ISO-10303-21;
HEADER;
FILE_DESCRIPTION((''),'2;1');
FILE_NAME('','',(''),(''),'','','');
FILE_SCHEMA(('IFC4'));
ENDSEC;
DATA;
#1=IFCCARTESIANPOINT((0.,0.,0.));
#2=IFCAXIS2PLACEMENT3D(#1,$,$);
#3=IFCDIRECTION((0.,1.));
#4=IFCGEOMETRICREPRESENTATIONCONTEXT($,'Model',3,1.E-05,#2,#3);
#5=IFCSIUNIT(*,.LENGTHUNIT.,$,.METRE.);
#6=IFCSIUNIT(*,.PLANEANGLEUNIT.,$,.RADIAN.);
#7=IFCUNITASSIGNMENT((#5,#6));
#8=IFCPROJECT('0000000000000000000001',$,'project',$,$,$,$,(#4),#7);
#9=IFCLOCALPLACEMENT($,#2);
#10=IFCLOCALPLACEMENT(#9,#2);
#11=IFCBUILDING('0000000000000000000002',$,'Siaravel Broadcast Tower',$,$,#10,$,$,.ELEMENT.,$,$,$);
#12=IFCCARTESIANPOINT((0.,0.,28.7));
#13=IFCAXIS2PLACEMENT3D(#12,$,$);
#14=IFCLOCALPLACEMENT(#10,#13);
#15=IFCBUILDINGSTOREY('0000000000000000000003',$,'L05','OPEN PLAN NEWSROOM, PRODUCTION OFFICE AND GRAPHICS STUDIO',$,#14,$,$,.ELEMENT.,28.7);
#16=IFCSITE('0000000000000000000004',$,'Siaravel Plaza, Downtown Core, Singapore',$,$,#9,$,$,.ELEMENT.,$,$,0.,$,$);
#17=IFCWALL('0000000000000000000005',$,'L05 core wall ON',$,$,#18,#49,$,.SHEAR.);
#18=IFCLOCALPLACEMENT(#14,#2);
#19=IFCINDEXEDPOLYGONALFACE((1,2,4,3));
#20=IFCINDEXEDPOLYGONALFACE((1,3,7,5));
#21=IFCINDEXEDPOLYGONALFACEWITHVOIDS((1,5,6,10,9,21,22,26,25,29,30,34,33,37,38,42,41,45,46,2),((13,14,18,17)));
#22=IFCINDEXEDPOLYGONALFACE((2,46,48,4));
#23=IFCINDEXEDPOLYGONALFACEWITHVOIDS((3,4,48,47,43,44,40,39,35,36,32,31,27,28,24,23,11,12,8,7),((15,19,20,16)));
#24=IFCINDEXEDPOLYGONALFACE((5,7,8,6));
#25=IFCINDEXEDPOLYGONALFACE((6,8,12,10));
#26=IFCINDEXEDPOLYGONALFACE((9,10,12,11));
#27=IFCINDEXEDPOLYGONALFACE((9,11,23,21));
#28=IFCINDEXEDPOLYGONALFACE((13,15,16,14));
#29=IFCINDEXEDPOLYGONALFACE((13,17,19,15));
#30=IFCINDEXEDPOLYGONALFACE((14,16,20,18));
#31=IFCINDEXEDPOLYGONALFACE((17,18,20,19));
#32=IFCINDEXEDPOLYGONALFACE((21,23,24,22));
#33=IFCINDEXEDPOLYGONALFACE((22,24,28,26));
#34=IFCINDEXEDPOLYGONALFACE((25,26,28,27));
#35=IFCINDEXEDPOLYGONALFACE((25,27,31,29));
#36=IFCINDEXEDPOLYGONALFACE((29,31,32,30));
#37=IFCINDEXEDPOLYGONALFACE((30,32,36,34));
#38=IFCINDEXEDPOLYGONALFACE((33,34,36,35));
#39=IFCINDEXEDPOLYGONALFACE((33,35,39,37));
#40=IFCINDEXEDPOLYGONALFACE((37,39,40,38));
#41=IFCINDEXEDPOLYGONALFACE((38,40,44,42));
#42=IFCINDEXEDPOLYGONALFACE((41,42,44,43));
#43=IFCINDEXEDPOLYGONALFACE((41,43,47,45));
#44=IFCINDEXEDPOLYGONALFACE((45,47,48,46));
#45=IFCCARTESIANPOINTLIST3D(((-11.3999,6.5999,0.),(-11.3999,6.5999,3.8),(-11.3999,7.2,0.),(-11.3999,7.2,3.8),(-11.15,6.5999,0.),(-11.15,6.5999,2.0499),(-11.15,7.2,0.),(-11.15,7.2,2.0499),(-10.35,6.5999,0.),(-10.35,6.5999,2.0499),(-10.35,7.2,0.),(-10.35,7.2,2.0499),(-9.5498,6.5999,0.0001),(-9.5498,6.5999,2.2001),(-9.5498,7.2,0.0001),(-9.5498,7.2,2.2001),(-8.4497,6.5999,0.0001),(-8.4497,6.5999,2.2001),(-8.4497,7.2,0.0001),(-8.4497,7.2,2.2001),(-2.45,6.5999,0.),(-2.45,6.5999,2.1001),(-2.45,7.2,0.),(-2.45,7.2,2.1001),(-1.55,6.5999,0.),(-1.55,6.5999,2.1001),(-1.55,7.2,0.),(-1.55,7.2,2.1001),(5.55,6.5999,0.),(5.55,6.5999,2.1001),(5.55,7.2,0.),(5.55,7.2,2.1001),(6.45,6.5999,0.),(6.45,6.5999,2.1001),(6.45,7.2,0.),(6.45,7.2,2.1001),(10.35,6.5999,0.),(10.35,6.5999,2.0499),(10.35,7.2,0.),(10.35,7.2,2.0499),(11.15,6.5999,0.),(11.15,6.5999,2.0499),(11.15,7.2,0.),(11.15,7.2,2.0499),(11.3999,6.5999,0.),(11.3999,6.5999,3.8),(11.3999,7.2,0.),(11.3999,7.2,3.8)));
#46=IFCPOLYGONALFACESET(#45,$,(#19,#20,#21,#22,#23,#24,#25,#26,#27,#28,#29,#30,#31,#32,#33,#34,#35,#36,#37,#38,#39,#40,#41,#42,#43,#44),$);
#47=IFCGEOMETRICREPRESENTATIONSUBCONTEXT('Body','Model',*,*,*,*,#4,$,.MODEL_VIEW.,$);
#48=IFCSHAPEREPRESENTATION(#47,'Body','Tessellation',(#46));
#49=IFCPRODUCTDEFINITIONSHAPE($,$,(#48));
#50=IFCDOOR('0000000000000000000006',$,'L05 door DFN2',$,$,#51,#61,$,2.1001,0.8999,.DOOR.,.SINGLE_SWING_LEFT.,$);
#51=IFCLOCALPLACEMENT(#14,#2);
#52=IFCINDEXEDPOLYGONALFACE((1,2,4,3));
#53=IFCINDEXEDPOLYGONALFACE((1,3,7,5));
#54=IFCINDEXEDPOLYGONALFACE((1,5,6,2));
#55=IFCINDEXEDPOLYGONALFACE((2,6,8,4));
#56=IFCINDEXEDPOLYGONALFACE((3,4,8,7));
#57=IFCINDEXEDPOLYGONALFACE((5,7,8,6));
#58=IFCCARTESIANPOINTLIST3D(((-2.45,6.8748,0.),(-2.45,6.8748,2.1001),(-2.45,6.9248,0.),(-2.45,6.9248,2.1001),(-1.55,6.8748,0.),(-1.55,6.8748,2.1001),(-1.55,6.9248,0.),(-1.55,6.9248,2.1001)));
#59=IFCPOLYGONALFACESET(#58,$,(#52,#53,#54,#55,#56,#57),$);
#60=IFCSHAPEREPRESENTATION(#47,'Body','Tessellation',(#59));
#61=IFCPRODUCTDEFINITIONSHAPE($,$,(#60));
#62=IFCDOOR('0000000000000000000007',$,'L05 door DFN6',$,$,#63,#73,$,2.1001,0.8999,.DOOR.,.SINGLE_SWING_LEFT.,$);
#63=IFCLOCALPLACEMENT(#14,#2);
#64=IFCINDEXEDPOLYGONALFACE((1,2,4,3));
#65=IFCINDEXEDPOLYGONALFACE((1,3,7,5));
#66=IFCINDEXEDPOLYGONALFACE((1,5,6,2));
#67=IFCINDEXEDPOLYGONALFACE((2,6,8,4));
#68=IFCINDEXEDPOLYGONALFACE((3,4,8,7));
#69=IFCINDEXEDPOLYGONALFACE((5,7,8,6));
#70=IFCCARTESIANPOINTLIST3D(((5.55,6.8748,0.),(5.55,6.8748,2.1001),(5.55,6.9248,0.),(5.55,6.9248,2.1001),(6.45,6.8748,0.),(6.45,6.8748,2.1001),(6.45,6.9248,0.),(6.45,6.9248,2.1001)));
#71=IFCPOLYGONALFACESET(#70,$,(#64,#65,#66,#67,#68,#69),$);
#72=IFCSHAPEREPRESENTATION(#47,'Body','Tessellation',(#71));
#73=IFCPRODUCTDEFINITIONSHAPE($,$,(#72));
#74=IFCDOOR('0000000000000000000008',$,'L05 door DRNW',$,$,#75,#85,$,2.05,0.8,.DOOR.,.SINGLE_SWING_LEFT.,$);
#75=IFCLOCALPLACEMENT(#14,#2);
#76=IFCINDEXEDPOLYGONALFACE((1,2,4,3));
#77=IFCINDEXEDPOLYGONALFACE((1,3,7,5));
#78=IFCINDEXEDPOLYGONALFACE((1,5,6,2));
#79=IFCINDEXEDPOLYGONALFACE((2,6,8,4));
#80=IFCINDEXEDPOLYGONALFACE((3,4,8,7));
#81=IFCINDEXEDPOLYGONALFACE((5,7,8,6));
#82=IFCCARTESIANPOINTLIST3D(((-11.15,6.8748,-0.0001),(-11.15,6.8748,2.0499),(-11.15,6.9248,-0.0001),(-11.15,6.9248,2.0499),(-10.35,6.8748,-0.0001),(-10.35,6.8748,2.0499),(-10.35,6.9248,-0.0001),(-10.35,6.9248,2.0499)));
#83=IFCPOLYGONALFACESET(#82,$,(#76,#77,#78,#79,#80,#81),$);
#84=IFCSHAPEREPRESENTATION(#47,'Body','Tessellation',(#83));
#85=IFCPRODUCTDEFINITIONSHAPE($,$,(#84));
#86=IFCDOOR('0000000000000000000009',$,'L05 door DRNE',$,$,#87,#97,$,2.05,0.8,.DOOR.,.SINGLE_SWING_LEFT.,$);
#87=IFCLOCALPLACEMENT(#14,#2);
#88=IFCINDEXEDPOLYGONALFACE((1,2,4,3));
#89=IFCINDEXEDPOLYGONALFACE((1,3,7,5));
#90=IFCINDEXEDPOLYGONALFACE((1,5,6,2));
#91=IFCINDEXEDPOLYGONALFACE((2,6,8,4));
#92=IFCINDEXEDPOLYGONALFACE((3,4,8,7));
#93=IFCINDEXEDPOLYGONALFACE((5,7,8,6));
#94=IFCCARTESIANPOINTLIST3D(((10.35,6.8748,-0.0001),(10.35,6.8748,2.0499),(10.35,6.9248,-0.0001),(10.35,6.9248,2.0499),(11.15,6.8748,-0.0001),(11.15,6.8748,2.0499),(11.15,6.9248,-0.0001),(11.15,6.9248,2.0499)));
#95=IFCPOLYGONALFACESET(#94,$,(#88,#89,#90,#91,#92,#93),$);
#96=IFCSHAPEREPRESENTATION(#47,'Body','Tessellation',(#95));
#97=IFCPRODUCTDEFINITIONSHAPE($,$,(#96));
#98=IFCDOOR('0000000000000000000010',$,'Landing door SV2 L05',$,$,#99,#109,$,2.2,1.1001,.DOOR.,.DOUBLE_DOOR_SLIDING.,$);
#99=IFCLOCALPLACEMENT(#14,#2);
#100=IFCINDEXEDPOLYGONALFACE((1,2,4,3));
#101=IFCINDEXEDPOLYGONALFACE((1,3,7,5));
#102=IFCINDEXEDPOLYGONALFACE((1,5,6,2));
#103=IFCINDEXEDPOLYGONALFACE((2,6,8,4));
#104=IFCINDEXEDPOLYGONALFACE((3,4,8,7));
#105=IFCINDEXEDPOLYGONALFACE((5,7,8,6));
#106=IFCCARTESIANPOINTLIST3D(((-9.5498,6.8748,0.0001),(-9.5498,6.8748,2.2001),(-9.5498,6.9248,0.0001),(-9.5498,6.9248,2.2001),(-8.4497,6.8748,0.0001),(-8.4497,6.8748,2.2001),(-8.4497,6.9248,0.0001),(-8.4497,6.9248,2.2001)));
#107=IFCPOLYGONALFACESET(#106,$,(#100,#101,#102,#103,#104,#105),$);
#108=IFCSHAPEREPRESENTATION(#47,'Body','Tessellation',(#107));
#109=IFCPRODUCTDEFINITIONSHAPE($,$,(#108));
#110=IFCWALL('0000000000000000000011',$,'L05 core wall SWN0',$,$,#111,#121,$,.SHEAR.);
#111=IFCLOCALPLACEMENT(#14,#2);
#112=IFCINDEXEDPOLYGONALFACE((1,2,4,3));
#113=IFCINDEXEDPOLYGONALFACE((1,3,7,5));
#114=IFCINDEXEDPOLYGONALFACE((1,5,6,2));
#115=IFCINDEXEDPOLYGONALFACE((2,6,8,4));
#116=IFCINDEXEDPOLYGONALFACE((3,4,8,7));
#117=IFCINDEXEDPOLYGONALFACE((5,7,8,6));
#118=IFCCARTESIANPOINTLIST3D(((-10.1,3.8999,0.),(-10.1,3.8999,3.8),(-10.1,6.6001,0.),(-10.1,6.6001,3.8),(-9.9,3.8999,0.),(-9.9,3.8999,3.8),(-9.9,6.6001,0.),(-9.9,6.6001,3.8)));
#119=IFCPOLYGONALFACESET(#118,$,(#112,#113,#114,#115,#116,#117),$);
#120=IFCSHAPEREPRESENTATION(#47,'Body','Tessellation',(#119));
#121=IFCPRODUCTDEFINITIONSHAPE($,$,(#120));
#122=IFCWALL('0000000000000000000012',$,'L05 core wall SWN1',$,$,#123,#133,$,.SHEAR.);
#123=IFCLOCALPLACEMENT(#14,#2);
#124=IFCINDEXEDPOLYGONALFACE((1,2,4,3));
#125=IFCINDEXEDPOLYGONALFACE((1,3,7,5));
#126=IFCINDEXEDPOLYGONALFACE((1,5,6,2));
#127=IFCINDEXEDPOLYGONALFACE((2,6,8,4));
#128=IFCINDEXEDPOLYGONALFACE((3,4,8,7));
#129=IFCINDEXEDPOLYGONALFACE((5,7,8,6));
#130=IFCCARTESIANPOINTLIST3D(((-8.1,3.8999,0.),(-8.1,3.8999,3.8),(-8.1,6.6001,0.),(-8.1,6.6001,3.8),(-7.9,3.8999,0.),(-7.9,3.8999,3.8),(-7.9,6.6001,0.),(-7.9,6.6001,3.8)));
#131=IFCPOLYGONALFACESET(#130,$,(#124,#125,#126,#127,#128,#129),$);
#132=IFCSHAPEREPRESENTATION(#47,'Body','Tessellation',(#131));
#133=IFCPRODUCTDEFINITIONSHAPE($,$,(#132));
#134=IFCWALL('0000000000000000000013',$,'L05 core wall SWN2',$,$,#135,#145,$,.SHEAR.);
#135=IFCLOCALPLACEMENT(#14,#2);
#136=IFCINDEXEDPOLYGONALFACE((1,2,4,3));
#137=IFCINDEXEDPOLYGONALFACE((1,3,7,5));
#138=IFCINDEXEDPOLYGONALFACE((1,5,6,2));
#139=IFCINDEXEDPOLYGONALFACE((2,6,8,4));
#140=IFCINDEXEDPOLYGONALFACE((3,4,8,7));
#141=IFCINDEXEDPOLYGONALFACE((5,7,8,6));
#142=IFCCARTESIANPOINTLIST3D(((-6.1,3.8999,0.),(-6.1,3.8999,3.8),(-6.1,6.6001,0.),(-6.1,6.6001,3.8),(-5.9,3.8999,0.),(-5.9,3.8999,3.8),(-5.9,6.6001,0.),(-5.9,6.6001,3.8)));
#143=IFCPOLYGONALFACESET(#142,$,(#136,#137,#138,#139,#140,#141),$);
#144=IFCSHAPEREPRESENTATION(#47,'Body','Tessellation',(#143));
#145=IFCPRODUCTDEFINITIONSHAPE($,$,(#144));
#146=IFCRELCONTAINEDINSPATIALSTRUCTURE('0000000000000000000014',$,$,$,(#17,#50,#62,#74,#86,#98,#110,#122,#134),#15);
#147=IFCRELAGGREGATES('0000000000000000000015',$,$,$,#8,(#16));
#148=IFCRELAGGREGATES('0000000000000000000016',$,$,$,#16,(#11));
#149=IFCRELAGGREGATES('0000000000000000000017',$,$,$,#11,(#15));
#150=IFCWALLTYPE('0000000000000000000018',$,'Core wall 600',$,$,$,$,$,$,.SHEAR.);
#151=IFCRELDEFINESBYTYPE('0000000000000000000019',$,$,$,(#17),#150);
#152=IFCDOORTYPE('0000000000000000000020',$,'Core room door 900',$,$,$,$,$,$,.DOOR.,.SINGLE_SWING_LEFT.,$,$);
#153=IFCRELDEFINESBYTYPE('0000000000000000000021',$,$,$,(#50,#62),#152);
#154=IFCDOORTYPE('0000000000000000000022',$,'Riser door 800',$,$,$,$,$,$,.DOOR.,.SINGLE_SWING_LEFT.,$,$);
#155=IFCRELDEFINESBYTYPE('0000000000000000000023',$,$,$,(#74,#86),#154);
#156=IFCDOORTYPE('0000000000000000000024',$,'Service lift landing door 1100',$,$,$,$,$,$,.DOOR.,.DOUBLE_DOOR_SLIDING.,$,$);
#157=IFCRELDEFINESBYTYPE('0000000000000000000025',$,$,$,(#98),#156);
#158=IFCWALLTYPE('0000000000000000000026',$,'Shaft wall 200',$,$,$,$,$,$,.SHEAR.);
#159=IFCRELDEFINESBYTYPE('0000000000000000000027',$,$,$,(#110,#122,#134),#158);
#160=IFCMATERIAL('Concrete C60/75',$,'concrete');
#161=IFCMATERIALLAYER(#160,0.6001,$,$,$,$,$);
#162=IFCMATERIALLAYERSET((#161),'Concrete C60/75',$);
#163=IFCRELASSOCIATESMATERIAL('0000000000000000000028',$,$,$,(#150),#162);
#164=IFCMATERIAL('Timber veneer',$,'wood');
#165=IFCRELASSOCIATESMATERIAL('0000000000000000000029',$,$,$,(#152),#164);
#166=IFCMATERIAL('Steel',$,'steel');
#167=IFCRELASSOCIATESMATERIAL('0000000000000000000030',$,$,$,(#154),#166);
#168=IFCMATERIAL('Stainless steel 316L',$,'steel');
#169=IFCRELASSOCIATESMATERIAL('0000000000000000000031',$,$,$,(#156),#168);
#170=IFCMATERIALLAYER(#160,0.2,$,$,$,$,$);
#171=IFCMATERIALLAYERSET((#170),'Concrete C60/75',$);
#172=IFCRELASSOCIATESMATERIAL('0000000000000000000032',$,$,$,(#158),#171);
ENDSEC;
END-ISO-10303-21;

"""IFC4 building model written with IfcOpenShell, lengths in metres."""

from ifc_helpers import new_model, si_unit, direction, frame, frame_2d, origin, place, context, subcontext, project, spatial, rectangle, extrude, material, layer, layer_set, type_object, element, fill, save


model = new_model("IFC4")

# Units and contexts
model_context = context("Model", 3, precision=1e-05, world=origin(), true_north=direction((0.0, 1.0)))
body_context = subcontext(model_context, "Body", "Model", "MODEL_VIEW")
ifc_project = project(units=[si_unit("LENGTHUNIT", "METRE"), si_unit("PLANEANGLEUNIT", "RADIAN")], contexts=[model_context])

# Site, building, storey
site_placement = place(None, origin())
site = spatial("IfcSite", under=ifc_project, at=site_placement, Name="Siaravel Plaza, Downtown Core, Singapore", CompositionType="ELEMENT", RefElevation=0.0)
building_placement = place(site_placement, origin())
building = spatial("IfcBuilding", under=site, at=building_placement, Name="Siaravel Broadcast Tower", CompositionType="ELEMENT")
storey_placement = place(building_placement, frame((0.0, 0.0, 28.7)))
storey = spatial("IfcBuildingStorey", under=building, at=storey_placement, Name="L05", Description="OPEN PLAN NEWSROOM, PRODUCTION OFFICE AND GRAPHICS STUDIO", CompositionType="ELEMENT", Elevation=28.7)

# Wall, openings, doors
ifc_material_1 = material(Name="Concrete C60/75", Category="concrete")
ifc_layer_1 = layer(ifc_material_1, 0.6001)
ifc_layer_set_1 = layer_set([ifc_layer_1], Name="Concrete C60/75")
wall_type_1 = type_object("IfcWallType", Name="Core wall 600", PredefinedType="SHEAR", material=ifc_layer_set_1)
wall_1_placement = place(storey_placement, frame((-11.3999, 6.8999, 0.0), z_axis=(0.0, 0.0, 1.0), x_axis=(1.0, 0.0, 0.0)))
wall_1 = element("IfcWall", 1, at=wall_1_placement, inside=storey, type_object=wall_type_1, Name="L05 core wall ON", PredefinedType="SHEAR", context=body_context, shape_type="SweptSolid", body=[
    extrude(rectangle(XDim=22.7998, YDim=0.6001, at=frame_2d((11.3999, 0.0))), origin(), (0.0, 0.0, 1.0), 3.8),
])
opening_1_placement = place(wall_1_placement, frame((1.8501, 0.0, 0.0)))
opening_1 = element("IfcOpeningElement", 2, at=opening_1_placement, cuts=wall_1, PredefinedType="OPENING", context=body_context, shape_type="SweptSolid", body=[
    extrude(rectangle(XDim=1.1001, YDim=2.2, at=frame_2d((0.55, 1.1001))), frame((0.0, 0.3101, 0.0), z_axis=(0.0, -1.0, 0.0), x_axis=(1.0, 0.0, 0.0)), (0.0, 0.0, 1.0), 0.6201),
])
opening_2_placement = place(wall_1_placement, frame((8.95, 0.0, 0.0)))
opening_2 = element("IfcOpeningElement", 3, at=opening_2_placement, cuts=wall_1, PredefinedType="OPENING", context=body_context, shape_type="SweptSolid", body=[
    extrude(rectangle(XDim=0.8999, YDim=2.1001, at=frame_2d((0.45, 1.05))), frame((0.0, 0.3101, 0.0), z_axis=(0.0, -1.0, 0.0), x_axis=(1.0, 0.0, 0.0)), (0.0, 0.0, 1.0), 0.6201),
])
opening_3_placement = place(wall_1_placement, frame((16.95, 0.0, 0.0)))
opening_3 = element("IfcOpeningElement", 4, at=opening_3_placement, cuts=wall_1, PredefinedType="OPENING", context=body_context, shape_type="SweptSolid", body=[
    extrude(rectangle(XDim=0.8999, YDim=2.1001, at=frame_2d((0.45, 1.05))), frame((0.0, 0.3101, 0.0), z_axis=(0.0, -1.0, 0.0), x_axis=(1.0, 0.0, 0.0)), (0.0, 0.0, 1.0), 0.6201),
])
opening_4_placement = place(wall_1_placement, frame((0.25, 0.0, 0.0)))
opening_4 = element("IfcOpeningElement", 5, at=opening_4_placement, cuts=wall_1, PredefinedType="OPENING", context=body_context, shape_type="SweptSolid", body=[
    extrude(rectangle(XDim=0.8, YDim=2.05, at=frame_2d((0.3999, 1.0249))), frame((0.0, 0.3101, 0.0), z_axis=(0.0, -1.0, 0.0), x_axis=(1.0, 0.0, 0.0)), (0.0, 0.0, 1.0), 0.6201),
])
opening_5_placement = place(wall_1_placement, frame((21.75, 0.0, 0.0)))
opening_5 = element("IfcOpeningElement", 6, at=opening_5_placement, cuts=wall_1, PredefinedType="OPENING", context=body_context, shape_type="SweptSolid", body=[
    extrude(rectangle(XDim=0.8, YDim=2.05, at=frame_2d((0.3999, 1.0249))), frame((0.0, 0.3101, 0.0), z_axis=(0.0, -1.0, 0.0), x_axis=(1.0, 0.0, 0.0)), (0.0, 0.0, 1.0), 0.6201),
])
ifc_material_2 = material(Name="Timber veneer", Category="wood")
door_type_1 = type_object("IfcDoorType", Name="Core room door 900", OperationType="SINGLE_SWING_LEFT", PredefinedType="DOOR", material=ifc_material_2)
door_1_placement = place(opening_2_placement, origin())
door_1 = element("IfcDoor", 7, at=door_1_placement, inside=storey, type_object=door_type_1, Name="L05 door DFN2", OperationType="SINGLE_SWING_LEFT", OverallHeight=2.1001, OverallWidth=0.8999, PredefinedType="DOOR", context=body_context, shape_type="SweptSolid", body=[
    extrude(rectangle(XDim=0.8999, YDim=2.1001, at=frame_2d((0.45, 1.05))), frame((0.0, 0.0249, 0.0), z_axis=(0.0, -1.0, 0.0), x_axis=(1.0, 0.0, 0.0)), (0.0, 0.0, 1.0), 0.05),
])
fill(opening_2, door_1)
door_2_placement = place(opening_3_placement, origin())
door_2 = element("IfcDoor", 8, at=door_2_placement, inside=storey, type_object=door_type_1, Name="L05 door DFN6", OperationType="SINGLE_SWING_LEFT", OverallHeight=2.1001, OverallWidth=0.8999, PredefinedType="DOOR", context=body_context, shape_type="SweptSolid", body=[
    extrude(rectangle(XDim=0.8999, YDim=2.1001, at=frame_2d((0.45, 1.05))), frame((0.0, 0.0249, 0.0), z_axis=(0.0, -1.0, 0.0), x_axis=(1.0, 0.0, 0.0)), (0.0, 0.0, 1.0), 0.05),
])
fill(opening_3, door_2)
ifc_material_3 = material(Name="Steel", Category="steel")
door_type_2 = type_object("IfcDoorType", Name="Riser door 800", OperationType="SINGLE_SWING_LEFT", PredefinedType="DOOR", material=ifc_material_3)
door_3_placement = place(opening_4_placement, origin())
door_3 = element("IfcDoor", 9, at=door_3_placement, inside=storey, type_object=door_type_2, Name="L05 door DRNW", OperationType="SINGLE_SWING_LEFT", OverallHeight=2.05, OverallWidth=0.8, PredefinedType="DOOR", context=body_context, shape_type="SweptSolid", body=[
    extrude(rectangle(XDim=0.8, YDim=2.05, at=frame_2d((0.3999, 1.0249))), frame((0.0, 0.0249, 0.0), z_axis=(0.0, -1.0, 0.0), x_axis=(1.0, 0.0, 0.0)), (0.0, 0.0, 1.0), 0.05),
])
fill(opening_4, door_3)
door_4_placement = place(opening_5_placement, origin())
door_4 = element("IfcDoor", 10, at=door_4_placement, inside=storey, type_object=door_type_2, Name="L05 door DRNE", OperationType="SINGLE_SWING_LEFT", OverallHeight=2.05, OverallWidth=0.8, PredefinedType="DOOR", context=body_context, shape_type="SweptSolid", body=[
    extrude(rectangle(XDim=0.8, YDim=2.05, at=frame_2d((0.3999, 1.0249))), frame((0.0, 0.0249, 0.0), z_axis=(0.0, -1.0, 0.0), x_axis=(1.0, 0.0, 0.0)), (0.0, 0.0, 1.0), 0.05),
])
fill(opening_5, door_4)
ifc_material_4 = material(Name="Stainless steel 316L", Category="steel")
door_type_3 = type_object("IfcDoorType", Name="Service lift landing door 1100", OperationType="DOUBLE_DOOR_SLIDING", PredefinedType="DOOR", material=ifc_material_4)
door_5_placement = place(opening_1_placement, origin())
door_5 = element("IfcDoor", 11, at=door_5_placement, inside=storey, type_object=door_type_3, Name="Landing door SV2 L05", OperationType="DOUBLE_DOOR_SLIDING", OverallHeight=2.2, OverallWidth=1.1001, PredefinedType="DOOR", context=body_context, shape_type="SweptSolid", body=[
    extrude(rectangle(XDim=1.1001, YDim=2.2, at=frame_2d((0.55, 1.1001))), frame((0.0, 0.0249, 0.0), z_axis=(0.0, -1.0, 0.0), x_axis=(1.0, 0.0, 0.0)), (0.0, 0.0, 1.0), 0.05),
])
fill(opening_1, door_5)

# Walls
ifc_layer_2 = layer(ifc_material_1, 0.2)
ifc_layer_set_2 = layer_set([ifc_layer_2], Name="Concrete C60/75")
wall_type_2 = type_object("IfcWallType", Name="Shaft wall 200", PredefinedType="SHEAR", material=ifc_layer_set_2)
for number, where, z_axis, x_axis, name in (
    (12, (-10.0, 3.8999, 0.0), (0.0, 0.0, 1.0), (0.0, 1.0, 0.0), "L05 core wall SWN0"),
    (13, (-8.0, 3.8999, 0.0), (0.0, 0.0, 1.0), (0.0, 1.0, 0.0), "L05 core wall SWN1"),
    (14, (-6.0, 3.8999, 0.0), (0.0, 0.0, 1.0), (0.0, 1.0, 0.0), "L05 core wall SWN2"),
):
    element("IfcWall", number, at=place(storey_placement, frame(where, z_axis=z_axis, x_axis=x_axis)), inside=storey, type_object=wall_type_2, Name=name, PredefinedType="SHEAR", context=body_context, shape_type="SweptSolid", body=[
        extrude(rectangle(XDim=2.7002, YDim=0.2, at=frame_2d((1.3501, 0.0))), origin(), (0.0, 0.0, 1.0), 3.8),
    ])

save(model, "model.ifc")
